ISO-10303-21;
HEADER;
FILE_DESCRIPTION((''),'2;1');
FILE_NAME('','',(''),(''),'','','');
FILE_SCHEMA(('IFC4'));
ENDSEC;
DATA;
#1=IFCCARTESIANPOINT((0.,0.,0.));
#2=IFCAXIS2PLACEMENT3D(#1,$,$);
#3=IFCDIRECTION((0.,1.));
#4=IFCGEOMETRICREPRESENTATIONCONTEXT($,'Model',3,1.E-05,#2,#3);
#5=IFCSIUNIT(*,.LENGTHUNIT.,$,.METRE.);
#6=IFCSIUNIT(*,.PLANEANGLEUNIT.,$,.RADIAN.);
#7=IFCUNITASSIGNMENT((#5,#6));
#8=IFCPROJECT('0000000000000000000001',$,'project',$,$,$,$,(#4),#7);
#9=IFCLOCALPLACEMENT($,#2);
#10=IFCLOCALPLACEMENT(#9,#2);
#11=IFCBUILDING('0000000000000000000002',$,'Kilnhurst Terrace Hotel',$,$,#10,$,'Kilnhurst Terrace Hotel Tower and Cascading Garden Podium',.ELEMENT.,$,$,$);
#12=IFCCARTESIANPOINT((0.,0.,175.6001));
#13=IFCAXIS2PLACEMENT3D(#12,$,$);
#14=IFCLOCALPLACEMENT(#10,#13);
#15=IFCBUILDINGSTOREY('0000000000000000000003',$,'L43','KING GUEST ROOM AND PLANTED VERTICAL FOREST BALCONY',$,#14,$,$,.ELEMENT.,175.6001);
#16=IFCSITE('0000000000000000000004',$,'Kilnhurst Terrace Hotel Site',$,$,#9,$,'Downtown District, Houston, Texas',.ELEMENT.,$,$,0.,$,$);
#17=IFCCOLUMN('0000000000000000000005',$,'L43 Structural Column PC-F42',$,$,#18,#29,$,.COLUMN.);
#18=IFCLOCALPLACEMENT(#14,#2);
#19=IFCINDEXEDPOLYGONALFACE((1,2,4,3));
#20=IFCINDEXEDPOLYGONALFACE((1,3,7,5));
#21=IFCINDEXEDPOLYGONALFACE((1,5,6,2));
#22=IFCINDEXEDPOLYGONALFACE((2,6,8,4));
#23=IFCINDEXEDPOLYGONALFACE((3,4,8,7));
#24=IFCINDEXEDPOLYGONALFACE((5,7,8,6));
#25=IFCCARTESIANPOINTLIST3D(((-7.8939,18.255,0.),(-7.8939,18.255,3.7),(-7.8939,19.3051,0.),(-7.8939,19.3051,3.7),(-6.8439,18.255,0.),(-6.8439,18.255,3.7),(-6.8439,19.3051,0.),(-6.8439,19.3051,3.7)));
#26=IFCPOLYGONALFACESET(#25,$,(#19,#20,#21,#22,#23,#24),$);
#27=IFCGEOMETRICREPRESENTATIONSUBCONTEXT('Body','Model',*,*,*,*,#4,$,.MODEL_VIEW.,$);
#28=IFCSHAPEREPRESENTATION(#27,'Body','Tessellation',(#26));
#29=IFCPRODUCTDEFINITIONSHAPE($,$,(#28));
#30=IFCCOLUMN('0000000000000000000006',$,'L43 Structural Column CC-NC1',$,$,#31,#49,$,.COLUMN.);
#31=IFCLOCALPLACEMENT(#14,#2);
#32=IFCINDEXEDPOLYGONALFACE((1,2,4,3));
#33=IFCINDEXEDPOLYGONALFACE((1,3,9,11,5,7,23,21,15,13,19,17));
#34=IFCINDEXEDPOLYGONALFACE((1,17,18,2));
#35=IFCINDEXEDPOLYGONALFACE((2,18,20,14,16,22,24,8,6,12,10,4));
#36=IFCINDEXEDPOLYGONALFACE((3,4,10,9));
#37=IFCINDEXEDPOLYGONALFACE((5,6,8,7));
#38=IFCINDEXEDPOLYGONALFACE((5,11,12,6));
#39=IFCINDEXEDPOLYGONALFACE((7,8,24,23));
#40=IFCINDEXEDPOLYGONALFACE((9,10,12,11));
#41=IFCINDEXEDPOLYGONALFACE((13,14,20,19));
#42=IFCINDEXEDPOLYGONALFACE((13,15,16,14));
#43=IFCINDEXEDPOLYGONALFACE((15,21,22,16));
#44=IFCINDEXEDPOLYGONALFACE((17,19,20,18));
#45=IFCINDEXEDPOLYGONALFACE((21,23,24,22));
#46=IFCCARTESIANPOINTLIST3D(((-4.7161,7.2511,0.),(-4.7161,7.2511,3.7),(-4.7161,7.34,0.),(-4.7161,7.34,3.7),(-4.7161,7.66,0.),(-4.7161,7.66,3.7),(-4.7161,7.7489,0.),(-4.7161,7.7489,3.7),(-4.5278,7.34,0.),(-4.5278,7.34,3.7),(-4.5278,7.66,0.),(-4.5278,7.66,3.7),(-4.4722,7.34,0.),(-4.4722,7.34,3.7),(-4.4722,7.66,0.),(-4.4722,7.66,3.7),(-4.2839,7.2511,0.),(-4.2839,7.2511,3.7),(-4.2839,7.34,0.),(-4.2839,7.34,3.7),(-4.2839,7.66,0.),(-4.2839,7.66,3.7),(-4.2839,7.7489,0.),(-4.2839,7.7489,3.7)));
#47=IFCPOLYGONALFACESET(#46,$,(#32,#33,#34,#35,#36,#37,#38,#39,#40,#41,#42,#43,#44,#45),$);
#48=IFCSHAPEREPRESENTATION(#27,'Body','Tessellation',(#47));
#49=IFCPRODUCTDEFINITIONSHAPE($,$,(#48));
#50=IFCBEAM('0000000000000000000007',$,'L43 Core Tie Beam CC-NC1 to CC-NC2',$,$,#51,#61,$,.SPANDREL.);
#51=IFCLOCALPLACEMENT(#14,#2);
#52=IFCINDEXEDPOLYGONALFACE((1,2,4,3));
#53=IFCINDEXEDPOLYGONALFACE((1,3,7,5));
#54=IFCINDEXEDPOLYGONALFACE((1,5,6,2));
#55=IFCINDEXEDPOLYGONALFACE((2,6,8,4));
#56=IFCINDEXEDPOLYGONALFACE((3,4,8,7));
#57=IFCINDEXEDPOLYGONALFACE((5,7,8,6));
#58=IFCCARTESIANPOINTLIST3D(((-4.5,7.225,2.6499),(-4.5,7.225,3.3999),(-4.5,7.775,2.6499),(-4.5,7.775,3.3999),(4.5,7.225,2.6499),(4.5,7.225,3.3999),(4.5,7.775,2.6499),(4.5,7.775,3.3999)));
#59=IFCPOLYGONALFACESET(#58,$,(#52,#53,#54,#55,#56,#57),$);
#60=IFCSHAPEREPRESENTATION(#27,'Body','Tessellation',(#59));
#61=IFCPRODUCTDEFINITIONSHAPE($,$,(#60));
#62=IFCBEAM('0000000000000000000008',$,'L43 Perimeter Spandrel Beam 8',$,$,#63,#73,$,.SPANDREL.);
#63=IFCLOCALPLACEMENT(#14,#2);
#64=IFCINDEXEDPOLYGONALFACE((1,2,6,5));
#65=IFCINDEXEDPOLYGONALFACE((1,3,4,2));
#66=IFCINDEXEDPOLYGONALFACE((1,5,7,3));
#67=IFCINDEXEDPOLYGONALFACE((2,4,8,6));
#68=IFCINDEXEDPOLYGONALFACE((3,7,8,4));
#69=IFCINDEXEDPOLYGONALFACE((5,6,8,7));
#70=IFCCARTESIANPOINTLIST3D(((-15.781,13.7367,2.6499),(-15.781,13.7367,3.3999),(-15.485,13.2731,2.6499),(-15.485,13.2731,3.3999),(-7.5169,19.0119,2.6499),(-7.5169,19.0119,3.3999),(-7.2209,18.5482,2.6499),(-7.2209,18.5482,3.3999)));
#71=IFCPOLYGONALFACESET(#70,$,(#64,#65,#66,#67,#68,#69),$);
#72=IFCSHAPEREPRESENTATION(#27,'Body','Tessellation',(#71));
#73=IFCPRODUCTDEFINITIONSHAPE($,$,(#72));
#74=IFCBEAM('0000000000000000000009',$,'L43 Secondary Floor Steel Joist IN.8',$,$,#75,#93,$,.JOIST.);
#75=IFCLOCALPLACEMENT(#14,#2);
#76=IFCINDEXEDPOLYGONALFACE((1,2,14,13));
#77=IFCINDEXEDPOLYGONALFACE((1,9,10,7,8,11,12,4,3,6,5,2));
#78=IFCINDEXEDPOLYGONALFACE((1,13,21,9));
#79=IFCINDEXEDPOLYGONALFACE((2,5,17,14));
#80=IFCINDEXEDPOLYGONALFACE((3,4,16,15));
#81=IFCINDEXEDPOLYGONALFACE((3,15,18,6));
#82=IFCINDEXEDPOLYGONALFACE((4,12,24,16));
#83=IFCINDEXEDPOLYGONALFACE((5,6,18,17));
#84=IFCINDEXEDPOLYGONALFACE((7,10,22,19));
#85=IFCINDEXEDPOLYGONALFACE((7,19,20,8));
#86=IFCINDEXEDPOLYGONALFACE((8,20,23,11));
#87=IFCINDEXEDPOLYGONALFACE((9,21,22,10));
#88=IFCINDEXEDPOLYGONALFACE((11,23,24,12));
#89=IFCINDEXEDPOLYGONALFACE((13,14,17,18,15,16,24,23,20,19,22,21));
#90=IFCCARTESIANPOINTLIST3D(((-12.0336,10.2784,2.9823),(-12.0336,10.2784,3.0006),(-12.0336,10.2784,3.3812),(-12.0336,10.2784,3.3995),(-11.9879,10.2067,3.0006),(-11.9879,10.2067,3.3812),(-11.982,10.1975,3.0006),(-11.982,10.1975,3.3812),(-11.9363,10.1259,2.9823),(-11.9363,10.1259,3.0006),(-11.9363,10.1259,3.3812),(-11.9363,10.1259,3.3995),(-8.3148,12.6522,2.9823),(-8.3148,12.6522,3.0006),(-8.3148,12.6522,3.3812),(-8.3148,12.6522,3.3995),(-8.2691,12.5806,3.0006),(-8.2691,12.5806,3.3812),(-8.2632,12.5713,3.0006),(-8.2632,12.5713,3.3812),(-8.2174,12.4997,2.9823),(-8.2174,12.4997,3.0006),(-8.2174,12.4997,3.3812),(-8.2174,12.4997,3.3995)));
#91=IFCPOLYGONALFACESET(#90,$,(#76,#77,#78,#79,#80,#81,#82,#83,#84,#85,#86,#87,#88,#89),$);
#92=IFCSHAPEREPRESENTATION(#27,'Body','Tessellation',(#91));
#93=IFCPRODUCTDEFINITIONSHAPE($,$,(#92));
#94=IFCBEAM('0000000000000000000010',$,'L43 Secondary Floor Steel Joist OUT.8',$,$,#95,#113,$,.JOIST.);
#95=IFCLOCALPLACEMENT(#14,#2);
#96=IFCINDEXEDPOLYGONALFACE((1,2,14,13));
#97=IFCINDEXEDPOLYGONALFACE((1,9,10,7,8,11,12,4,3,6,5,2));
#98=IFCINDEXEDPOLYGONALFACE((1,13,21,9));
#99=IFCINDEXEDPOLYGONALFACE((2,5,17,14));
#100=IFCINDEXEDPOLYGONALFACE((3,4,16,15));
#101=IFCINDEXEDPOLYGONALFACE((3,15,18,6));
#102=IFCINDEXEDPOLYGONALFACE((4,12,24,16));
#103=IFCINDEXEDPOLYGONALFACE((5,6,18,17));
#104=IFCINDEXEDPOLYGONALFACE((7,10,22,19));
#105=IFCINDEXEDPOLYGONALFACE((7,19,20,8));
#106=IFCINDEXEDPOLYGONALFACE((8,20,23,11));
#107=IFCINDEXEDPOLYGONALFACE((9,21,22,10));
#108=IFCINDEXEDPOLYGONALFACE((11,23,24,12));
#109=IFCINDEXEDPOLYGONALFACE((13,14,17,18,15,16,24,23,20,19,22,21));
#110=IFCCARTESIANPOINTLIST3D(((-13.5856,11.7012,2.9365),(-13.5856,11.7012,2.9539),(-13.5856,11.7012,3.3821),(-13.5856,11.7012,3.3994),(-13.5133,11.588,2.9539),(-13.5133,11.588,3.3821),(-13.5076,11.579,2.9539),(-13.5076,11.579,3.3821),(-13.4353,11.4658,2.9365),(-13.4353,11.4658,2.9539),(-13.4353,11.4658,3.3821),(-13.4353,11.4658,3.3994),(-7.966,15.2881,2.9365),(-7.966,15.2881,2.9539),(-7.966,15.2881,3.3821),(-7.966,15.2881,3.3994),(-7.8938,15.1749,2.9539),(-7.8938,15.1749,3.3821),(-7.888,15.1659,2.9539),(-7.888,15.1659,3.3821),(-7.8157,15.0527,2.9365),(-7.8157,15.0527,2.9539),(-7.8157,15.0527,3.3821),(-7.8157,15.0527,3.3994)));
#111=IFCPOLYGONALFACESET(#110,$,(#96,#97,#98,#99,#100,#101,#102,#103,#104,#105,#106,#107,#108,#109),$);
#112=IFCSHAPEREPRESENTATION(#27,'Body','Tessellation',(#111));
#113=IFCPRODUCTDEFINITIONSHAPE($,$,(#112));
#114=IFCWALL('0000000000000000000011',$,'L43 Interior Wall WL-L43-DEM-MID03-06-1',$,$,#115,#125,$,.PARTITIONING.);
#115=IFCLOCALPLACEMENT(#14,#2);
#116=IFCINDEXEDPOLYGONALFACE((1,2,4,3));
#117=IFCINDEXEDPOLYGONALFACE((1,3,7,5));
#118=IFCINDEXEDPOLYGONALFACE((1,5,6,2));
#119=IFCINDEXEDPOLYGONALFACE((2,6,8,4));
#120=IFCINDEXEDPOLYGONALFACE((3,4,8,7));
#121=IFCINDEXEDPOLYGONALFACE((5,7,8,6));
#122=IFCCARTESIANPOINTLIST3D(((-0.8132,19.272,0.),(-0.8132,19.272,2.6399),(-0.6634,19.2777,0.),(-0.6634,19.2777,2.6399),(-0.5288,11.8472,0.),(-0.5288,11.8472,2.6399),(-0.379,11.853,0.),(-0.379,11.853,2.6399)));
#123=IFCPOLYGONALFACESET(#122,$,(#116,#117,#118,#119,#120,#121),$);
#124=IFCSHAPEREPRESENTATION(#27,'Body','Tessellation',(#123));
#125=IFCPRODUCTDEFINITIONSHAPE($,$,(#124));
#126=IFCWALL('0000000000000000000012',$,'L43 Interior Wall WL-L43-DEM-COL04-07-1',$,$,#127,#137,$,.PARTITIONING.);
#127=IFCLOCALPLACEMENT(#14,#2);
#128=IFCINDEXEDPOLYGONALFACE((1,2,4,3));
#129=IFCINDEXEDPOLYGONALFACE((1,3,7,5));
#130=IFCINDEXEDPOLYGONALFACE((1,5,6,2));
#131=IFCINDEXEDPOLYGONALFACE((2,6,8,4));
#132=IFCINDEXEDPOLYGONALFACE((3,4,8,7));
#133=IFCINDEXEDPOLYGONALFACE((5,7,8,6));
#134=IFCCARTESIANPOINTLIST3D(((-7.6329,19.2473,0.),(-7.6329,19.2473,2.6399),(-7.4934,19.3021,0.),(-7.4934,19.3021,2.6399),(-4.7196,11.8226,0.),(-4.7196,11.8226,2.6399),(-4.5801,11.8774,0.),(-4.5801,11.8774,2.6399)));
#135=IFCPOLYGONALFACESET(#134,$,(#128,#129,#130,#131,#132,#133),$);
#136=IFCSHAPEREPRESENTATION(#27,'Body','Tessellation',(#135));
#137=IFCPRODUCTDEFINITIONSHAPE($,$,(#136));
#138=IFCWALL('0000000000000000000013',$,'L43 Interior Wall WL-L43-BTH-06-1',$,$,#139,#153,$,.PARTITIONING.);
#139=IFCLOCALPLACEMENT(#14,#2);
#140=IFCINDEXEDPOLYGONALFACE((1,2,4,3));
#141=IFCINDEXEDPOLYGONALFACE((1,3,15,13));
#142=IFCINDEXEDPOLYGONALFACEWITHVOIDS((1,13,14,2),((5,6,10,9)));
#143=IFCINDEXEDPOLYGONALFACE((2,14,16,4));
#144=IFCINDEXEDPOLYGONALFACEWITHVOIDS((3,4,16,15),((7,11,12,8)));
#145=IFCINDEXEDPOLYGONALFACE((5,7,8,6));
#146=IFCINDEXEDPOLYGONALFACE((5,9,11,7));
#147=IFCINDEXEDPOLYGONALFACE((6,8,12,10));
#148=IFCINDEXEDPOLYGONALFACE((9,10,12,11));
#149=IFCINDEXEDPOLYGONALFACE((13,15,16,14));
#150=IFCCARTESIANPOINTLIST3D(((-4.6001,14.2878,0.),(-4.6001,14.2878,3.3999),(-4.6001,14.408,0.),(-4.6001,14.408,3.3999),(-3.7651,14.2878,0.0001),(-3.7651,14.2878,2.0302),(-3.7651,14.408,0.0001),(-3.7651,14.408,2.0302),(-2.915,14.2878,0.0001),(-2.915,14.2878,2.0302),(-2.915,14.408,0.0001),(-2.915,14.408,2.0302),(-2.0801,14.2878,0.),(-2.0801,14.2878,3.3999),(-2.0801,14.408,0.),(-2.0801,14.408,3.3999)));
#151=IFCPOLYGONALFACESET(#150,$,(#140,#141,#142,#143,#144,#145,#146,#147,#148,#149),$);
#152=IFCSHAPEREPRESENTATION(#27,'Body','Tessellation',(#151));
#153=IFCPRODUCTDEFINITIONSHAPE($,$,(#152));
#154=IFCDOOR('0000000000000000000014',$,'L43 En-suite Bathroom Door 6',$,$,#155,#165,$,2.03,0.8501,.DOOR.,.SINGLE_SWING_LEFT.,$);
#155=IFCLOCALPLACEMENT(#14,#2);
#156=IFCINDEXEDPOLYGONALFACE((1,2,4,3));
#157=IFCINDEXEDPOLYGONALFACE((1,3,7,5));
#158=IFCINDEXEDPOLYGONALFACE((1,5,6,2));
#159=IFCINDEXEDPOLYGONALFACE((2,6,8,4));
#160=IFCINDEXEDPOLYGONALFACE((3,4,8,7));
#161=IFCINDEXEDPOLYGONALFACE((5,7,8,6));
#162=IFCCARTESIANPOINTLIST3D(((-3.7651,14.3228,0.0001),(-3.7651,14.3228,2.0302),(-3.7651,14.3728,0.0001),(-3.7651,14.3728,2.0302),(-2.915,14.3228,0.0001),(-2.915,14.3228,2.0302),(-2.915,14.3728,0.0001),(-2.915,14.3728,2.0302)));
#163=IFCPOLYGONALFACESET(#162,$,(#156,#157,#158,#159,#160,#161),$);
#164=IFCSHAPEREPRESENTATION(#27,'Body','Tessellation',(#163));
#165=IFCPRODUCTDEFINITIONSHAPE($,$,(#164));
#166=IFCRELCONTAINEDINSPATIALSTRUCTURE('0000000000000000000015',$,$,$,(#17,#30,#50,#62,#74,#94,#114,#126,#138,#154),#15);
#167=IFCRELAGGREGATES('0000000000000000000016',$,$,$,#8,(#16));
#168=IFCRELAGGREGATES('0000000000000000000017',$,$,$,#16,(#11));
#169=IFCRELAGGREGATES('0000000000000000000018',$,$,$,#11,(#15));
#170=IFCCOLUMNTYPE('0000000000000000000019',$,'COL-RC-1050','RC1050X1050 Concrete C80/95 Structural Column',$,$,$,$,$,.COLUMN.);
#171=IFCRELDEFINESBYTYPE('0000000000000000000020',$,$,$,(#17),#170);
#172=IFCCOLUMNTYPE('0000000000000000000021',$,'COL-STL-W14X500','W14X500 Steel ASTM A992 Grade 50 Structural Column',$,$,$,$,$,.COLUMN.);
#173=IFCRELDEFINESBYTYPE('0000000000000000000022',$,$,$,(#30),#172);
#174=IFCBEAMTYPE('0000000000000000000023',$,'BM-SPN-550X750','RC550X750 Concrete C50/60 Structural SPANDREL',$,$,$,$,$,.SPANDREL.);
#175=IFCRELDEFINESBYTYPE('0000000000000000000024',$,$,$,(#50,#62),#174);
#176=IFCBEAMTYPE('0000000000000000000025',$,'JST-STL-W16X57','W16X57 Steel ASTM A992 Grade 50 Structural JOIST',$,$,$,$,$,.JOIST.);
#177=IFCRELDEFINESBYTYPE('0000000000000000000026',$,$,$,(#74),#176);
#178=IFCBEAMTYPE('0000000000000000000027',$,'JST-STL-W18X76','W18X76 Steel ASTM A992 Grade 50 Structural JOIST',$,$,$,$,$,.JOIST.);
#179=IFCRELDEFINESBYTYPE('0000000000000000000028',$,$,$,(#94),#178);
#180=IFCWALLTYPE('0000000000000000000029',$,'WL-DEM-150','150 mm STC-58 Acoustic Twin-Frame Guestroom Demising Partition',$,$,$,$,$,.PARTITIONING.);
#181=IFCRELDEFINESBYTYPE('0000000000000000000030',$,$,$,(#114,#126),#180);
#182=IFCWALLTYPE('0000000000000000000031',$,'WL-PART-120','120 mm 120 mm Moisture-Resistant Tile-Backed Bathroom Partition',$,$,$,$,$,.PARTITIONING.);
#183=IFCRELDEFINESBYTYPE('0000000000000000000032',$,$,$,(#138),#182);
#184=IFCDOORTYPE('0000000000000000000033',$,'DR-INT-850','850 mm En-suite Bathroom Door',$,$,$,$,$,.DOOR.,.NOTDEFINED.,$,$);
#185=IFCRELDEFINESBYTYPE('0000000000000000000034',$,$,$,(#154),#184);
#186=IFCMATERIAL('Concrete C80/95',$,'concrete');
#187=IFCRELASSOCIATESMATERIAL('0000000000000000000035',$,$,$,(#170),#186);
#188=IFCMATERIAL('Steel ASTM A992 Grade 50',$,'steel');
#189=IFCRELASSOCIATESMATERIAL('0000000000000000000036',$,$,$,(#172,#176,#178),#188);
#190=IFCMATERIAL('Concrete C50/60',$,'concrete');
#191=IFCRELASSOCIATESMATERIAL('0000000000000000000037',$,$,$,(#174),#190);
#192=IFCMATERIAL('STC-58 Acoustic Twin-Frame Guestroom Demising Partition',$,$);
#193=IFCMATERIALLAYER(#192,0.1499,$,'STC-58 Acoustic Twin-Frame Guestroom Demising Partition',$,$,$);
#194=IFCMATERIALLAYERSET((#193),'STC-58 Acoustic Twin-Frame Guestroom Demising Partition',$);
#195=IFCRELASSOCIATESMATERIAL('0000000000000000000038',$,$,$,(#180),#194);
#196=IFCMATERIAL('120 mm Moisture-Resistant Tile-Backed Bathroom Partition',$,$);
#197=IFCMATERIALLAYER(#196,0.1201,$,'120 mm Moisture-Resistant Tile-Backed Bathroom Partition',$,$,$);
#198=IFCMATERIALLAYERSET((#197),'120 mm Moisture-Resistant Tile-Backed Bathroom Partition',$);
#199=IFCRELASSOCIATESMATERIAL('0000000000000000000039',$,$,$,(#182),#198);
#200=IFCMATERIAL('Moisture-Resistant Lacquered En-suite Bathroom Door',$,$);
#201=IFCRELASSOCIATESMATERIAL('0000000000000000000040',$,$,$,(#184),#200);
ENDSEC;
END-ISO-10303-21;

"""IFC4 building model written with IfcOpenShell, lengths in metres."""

from ifc_helpers import new_model, si_unit, direction, frame, frame_2d, origin, origin_2d, place, context, subcontext, project, spatial, rectangle, i_section, extrude, material, layer, layer_set, material_profile, profile_set, type_object, element, fill, save


model = new_model("IFC4")

# Units and contexts
model_context = context("Model", 3, precision=1e-05, world=origin(), true_north=direction((0.0, 1.0)))
body_context = subcontext(model_context, "Body", "Model", "MODEL_VIEW")
ifc_project = project(units=[si_unit("LENGTHUNIT", "METRE"), si_unit("PLANEANGLEUNIT", "RADIAN")], contexts=[model_context])

# Site, building, storey
site_placement = place(None, origin())
site = spatial("IfcSite", under=ifc_project, at=site_placement, Name="Kilnhurst Terrace Hotel Site", LongName="Downtown District, Houston, Texas", CompositionType="ELEMENT", RefElevation=0.0)
building_placement = place(site_placement, origin())
building = spatial("IfcBuilding", under=site, at=building_placement, Name="Kilnhurst Terrace Hotel", LongName="Kilnhurst Terrace Hotel Tower and Cascading Garden Podium", CompositionType="ELEMENT")
storey_placement = place(building_placement, frame((0.0, 0.0, 175.6001)))
storey = spatial("IfcBuildingStorey", under=building, at=storey_placement, Name="L43", Description="KING GUEST ROOM AND PLANTED VERTICAL FOREST BALCONY", CompositionType="ELEMENT", Elevation=175.6001)

# Columns
ifc_material_1 = material(Name="Concrete C80/95", Category="concrete")
ifc_material_profile_1 = material_profile(ifc_material_1, rectangle(XDim=1.05, YDim=1.05, at=origin_2d()), Name="RC1050X1050")
ifc_profile_set_1 = profile_set([ifc_material_profile_1], Name="Concrete C80/95")
column_type_1 = type_object("IfcColumnType", Name="COL-RC-1050", Description="RC1050X1050 Concrete C80/95 Structural Column", PredefinedType="COLUMN", material=ifc_profile_set_1)
column_1_placement = place(storey_placement, frame((-7.3689, 18.78, 0.0), z_axis=(0.0, 0.0, 1.0), x_axis=(1.0, 0.0, 0.0)))
element("IfcColumn", 1, at=column_1_placement, inside=storey, type_object=column_type_1, Name="L43 Structural Column PC-F42", PredefinedType="COLUMN", context=body_context, shape_type="SweptSolid", body=[
    extrude(rectangle(XDim=1.05, YDim=1.05, at=origin_2d()), origin(), (0.0, 0.0, 1.0), 3.7),
])
ifc_material_2 = material(Name="Steel ASTM A992 Grade 50", Category="steel")
ifc_material_profile_2 = material_profile(ifc_material_2, i_section(OverallWidth=0.4321, OverallDepth=0.4978, WebThickness=0.0557, FlangeThickness=0.0889, at=origin_2d()), Name="W14X500")
ifc_profile_set_2 = profile_set([ifc_material_profile_2], Name="Steel ASTM A992 Grade 50")
column_type_2 = type_object("IfcColumnType", Name="COL-STL-W14X500", Description="W14X500 Steel ASTM A992 Grade 50 Structural Column", PredefinedType="COLUMN", material=ifc_profile_set_2)
column_2_placement = place(storey_placement, frame((-4.5, 7.5, 0.0), z_axis=(0.0, 0.0, 1.0), x_axis=(1.0, 0.0, 0.0)))
element("IfcColumn", 2, at=column_2_placement, inside=storey, type_object=column_type_2, Name="L43 Structural Column CC-NC1", PredefinedType="COLUMN", context=body_context, shape_type="SweptSolid", body=[
    extrude(i_section(OverallWidth=0.4321, OverallDepth=0.4978, WebThickness=0.0557, FlangeThickness=0.0889, at=origin_2d()), origin(), (0.0, 0.0, 1.0), 3.7),
])

# Beams
ifc_material_3 = material(Name="Concrete C50/60", Category="concrete")
ifc_material_profile_3 = material_profile(ifc_material_3, rectangle(XDim=0.55, YDim=0.75, at=origin_2d()), Name="RC550X750")
ifc_profile_set_3 = profile_set([ifc_material_profile_3], Name="Concrete C50/60")
beam_type_1 = type_object("IfcBeamType", Name="BM-SPN-550X750", Description="RC550X750 Concrete C50/60 Structural SPANDREL", PredefinedType="SPANDREL", material=ifc_profile_set_3)
beam_1_placement = place(storey_placement, frame((-4.5, 7.5, 3.0249), z_axis=(1.0, 0.0, 0.0), x_axis=(0.0, 1.0, 0.0)))
element("IfcBeam", 3, at=beam_1_placement, inside=storey, type_object=beam_type_1, Name="L43 Core Tie Beam CC-NC1 to CC-NC2", PredefinedType="SPANDREL", context=body_context, shape_type="SweptSolid", body=[
    extrude(rectangle(XDim=0.55, YDim=0.75, at=origin_2d()), origin(), (0.0, 0.0, 1.0), 9.0),
])
beam_2_placement = place(storey_placement, frame((-7.3689, 18.78, 3.0249), z_axis=(-0.842915, -0.538046, 0.0), x_axis=(0.538046, -0.842915, 0.0)))
element("IfcBeam", 4, at=beam_2_placement, inside=storey, type_object=beam_type_1, Name="L43 Perimeter Spandrel Beam 8", PredefinedType="SPANDREL", context=body_context, shape_type="SweptSolid", body=[
    extrude(rectangle(XDim=0.55, YDim=0.75, at=origin_2d()), origin(), (0.0, 0.0, 1.0), 9.8042),
])
ifc_material_profile_4 = material_profile(ifc_material_2, i_section(OverallWidth=0.1809, OverallDepth=0.4172, WebThickness=0.011, FlangeThickness=0.0183, at=origin_2d()), Name="W16X57")
ifc_profile_set_4 = profile_set([ifc_material_profile_4], Name="Steel ASTM A992 Grade 50")
beam_type_2 = type_object("IfcBeamType", Name="JST-STL-W16X57", Description="W16X57 Steel ASTM A992 Grade 50 Structural JOIST", PredefinedType="JOIST", material=ifc_profile_set_4)
beam_3_placement = place(storey_placement, frame((-8.2661, 12.5759, 3.1909), z_axis=(-0.842911, -0.538053, 0.0), x_axis=(0.538053, -0.842911, 0.0)))
element("IfcBeam", 5, at=beam_3_placement, inside=storey, type_object=beam_type_2, Name="L43 Secondary Floor Steel Joist IN.8", PredefinedType="JOIST", context=body_context, shape_type="SweptSolid", body=[
    extrude(i_section(OverallWidth=0.1809, OverallDepth=0.4172, WebThickness=0.011, FlangeThickness=0.0183, at=origin_2d()), origin(), (0.0, 0.0, 1.0), 4.4119),
])
ifc_material_profile_5 = material_profile(ifc_material_2, i_section(OverallWidth=0.2793, OverallDepth=0.4629, WebThickness=0.0107, FlangeThickness=0.0173, at=origin_2d()), Name="W18X76")
ifc_profile_set_5 = profile_set([ifc_material_profile_5], Name="Steel ASTM A992 Grade 50")
beam_type_3 = type_object("IfcBeamType", Name="JST-STL-W18X76", Description="W18X76 Steel ASTM A992 Grade 50 Structural JOIST", PredefinedType="JOIST", material=ifc_profile_set_5)
beam_4_placement = place(storey_placement, frame((-7.8909, 15.1704, 3.168), z_axis=(-0.842928, -0.538027, 0.0), x_axis=(0.538027, -0.842928, 0.0)))
element("IfcBeam", 6, at=beam_4_placement, inside=storey, type_object=beam_type_3, Name="L43 Secondary Floor Steel Joist OUT.8", PredefinedType="JOIST", context=body_context, shape_type="SweptSolid", body=[
    extrude(i_section(OverallWidth=0.2793, OverallDepth=0.4629, WebThickness=0.0107, FlangeThickness=0.0173, at=origin_2d()), origin(), (0.0, 0.0, 1.0), 6.6667),
])

# Walls
ifc_material_4 = material(Name="STC-58 Acoustic Twin-Frame Guestroom Demising Partition")
ifc_layer_1 = layer(ifc_material_4, 0.1499, Name="STC-58 Acoustic Twin-Frame Guestroom Demising Partition")
ifc_layer_set_1 = layer_set([ifc_layer_1], Name="STC-58 Acoustic Twin-Frame Guestroom Demising Partition")
wall_type_1 = type_object("IfcWallType", Name="WL-DEM-150", Description="150 mm STC-58 Acoustic Twin-Frame Guestroom Demising Partition", PredefinedType="PARTITIONING", material=ifc_layer_set_1)
wall_1_placement = place(storey_placement, frame((-0.4539, 11.8501, 0.0), z_axis=(0.0, 0.0, 1.0), x_axis=(-0.038279, 0.999267, 0.0)))
element("IfcWall", 7, at=wall_1_placement, inside=storey, type_object=wall_type_1, Name="L43 Interior Wall WL-L43-DEM-MID03-06-1", PredefinedType="PARTITIONING", context=body_context, shape_type="SweptSolid", body=[
    extrude(rectangle(XDim=7.4302, YDim=0.1499, at=frame_2d((3.7151, 0.0))), origin(), (0.0, 0.0, 1.0), 2.6399),
])
wall_2_placement = place(storey_placement, frame((-4.6499, 11.8501, 0.0), z_axis=(0.0, 0.0, 1.0), x_axis=(-0.365266, 0.930903, 0.0)))
element("IfcWall", 8, at=wall_2_placement, inside=storey, type_object=wall_type_1, Name="L43 Interior Wall WL-L43-DEM-COL04-07-1", PredefinedType="PARTITIONING", context=body_context, shape_type="SweptSolid", body=[
    extrude(rectangle(XDim=7.9758, YDim=0.1499, at=frame_2d((3.9878, 0.0))), origin(), (0.0, 0.0, 1.0), 2.6399),
])

# Wall, opening, door
ifc_material_5 = material(Name="120 mm Moisture-Resistant Tile-Backed Bathroom Partition")
ifc_layer_2 = layer(ifc_material_5, 0.1201, Name="120 mm Moisture-Resistant Tile-Backed Bathroom Partition")
ifc_layer_set_2 = layer_set([ifc_layer_2], Name="120 mm Moisture-Resistant Tile-Backed Bathroom Partition")
wall_type_2 = type_object("IfcWallType", Name="WL-PART-120", Description="120 mm 120 mm Moisture-Resistant Tile-Backed Bathroom Partition", PredefinedType="PARTITIONING", material=ifc_layer_set_2)
wall_3_placement = place(storey_placement, frame((-4.6001, 14.3479, 0.0), z_axis=(0.0, 0.0, 1.0), x_axis=(1.0, 0.0, 0.0)))
wall_3 = element("IfcWall", 9, at=wall_3_placement, inside=storey, type_object=wall_type_2, Name="L43 Interior Wall WL-L43-BTH-06-1", PredefinedType="PARTITIONING", context=body_context, shape_type="SweptSolid", body=[
    extrude(rectangle(XDim=2.52, YDim=0.1201, at=frame_2d((1.26, 0.0))), origin(), (0.0, 0.0, 1.0), 3.3999),
])
opening_1_placement = place(wall_3_placement, frame((0.835, 0.0, 0.0)))
opening_1 = element("IfcOpeningElement", 10, at=opening_1_placement, cuts=wall_3, PredefinedType="OPENING", context=body_context, shape_type="SweptSolid", body=[
    extrude(rectangle(XDim=0.8501, YDim=2.03, at=frame_2d((0.425, 1.0151))), frame((0.0, 0.0701, 0.0), z_axis=(0.0, -1.0, 0.0), x_axis=(1.0, 0.0, 0.0)), (0.0, 0.0, 1.0), 0.1401),
])
ifc_material_6 = material(Name="Moisture-Resistant Lacquered En-suite Bathroom Door")
door_type_1 = type_object("IfcDoorType", Name="DR-INT-850", Description="850 mm En-suite Bathroom Door", OperationType="NOTDEFINED", PredefinedType="DOOR", material=ifc_material_6)
door_1_placement = place(opening_1_placement, origin())
door_1 = element("IfcDoor", 11, at=door_1_placement, inside=storey, type_object=door_type_1, Name="L43 En-suite Bathroom Door 6", OperationType="SINGLE_SWING_LEFT", OverallHeight=2.03, OverallWidth=0.8501, PredefinedType="DOOR", context=body_context, shape_type="SweptSolid", body=[
    extrude(rectangle(XDim=0.8501, YDim=2.03, at=frame_2d((0.425, 1.0151))), frame((0.0, 0.0249, 0.0), z_axis=(0.0, -1.0, 0.0), x_axis=(1.0, 0.0, 0.0)), (0.0, 0.0, 1.0), 0.05),
])
fill(opening_1, door_1)

save(model, "model.ifc")
